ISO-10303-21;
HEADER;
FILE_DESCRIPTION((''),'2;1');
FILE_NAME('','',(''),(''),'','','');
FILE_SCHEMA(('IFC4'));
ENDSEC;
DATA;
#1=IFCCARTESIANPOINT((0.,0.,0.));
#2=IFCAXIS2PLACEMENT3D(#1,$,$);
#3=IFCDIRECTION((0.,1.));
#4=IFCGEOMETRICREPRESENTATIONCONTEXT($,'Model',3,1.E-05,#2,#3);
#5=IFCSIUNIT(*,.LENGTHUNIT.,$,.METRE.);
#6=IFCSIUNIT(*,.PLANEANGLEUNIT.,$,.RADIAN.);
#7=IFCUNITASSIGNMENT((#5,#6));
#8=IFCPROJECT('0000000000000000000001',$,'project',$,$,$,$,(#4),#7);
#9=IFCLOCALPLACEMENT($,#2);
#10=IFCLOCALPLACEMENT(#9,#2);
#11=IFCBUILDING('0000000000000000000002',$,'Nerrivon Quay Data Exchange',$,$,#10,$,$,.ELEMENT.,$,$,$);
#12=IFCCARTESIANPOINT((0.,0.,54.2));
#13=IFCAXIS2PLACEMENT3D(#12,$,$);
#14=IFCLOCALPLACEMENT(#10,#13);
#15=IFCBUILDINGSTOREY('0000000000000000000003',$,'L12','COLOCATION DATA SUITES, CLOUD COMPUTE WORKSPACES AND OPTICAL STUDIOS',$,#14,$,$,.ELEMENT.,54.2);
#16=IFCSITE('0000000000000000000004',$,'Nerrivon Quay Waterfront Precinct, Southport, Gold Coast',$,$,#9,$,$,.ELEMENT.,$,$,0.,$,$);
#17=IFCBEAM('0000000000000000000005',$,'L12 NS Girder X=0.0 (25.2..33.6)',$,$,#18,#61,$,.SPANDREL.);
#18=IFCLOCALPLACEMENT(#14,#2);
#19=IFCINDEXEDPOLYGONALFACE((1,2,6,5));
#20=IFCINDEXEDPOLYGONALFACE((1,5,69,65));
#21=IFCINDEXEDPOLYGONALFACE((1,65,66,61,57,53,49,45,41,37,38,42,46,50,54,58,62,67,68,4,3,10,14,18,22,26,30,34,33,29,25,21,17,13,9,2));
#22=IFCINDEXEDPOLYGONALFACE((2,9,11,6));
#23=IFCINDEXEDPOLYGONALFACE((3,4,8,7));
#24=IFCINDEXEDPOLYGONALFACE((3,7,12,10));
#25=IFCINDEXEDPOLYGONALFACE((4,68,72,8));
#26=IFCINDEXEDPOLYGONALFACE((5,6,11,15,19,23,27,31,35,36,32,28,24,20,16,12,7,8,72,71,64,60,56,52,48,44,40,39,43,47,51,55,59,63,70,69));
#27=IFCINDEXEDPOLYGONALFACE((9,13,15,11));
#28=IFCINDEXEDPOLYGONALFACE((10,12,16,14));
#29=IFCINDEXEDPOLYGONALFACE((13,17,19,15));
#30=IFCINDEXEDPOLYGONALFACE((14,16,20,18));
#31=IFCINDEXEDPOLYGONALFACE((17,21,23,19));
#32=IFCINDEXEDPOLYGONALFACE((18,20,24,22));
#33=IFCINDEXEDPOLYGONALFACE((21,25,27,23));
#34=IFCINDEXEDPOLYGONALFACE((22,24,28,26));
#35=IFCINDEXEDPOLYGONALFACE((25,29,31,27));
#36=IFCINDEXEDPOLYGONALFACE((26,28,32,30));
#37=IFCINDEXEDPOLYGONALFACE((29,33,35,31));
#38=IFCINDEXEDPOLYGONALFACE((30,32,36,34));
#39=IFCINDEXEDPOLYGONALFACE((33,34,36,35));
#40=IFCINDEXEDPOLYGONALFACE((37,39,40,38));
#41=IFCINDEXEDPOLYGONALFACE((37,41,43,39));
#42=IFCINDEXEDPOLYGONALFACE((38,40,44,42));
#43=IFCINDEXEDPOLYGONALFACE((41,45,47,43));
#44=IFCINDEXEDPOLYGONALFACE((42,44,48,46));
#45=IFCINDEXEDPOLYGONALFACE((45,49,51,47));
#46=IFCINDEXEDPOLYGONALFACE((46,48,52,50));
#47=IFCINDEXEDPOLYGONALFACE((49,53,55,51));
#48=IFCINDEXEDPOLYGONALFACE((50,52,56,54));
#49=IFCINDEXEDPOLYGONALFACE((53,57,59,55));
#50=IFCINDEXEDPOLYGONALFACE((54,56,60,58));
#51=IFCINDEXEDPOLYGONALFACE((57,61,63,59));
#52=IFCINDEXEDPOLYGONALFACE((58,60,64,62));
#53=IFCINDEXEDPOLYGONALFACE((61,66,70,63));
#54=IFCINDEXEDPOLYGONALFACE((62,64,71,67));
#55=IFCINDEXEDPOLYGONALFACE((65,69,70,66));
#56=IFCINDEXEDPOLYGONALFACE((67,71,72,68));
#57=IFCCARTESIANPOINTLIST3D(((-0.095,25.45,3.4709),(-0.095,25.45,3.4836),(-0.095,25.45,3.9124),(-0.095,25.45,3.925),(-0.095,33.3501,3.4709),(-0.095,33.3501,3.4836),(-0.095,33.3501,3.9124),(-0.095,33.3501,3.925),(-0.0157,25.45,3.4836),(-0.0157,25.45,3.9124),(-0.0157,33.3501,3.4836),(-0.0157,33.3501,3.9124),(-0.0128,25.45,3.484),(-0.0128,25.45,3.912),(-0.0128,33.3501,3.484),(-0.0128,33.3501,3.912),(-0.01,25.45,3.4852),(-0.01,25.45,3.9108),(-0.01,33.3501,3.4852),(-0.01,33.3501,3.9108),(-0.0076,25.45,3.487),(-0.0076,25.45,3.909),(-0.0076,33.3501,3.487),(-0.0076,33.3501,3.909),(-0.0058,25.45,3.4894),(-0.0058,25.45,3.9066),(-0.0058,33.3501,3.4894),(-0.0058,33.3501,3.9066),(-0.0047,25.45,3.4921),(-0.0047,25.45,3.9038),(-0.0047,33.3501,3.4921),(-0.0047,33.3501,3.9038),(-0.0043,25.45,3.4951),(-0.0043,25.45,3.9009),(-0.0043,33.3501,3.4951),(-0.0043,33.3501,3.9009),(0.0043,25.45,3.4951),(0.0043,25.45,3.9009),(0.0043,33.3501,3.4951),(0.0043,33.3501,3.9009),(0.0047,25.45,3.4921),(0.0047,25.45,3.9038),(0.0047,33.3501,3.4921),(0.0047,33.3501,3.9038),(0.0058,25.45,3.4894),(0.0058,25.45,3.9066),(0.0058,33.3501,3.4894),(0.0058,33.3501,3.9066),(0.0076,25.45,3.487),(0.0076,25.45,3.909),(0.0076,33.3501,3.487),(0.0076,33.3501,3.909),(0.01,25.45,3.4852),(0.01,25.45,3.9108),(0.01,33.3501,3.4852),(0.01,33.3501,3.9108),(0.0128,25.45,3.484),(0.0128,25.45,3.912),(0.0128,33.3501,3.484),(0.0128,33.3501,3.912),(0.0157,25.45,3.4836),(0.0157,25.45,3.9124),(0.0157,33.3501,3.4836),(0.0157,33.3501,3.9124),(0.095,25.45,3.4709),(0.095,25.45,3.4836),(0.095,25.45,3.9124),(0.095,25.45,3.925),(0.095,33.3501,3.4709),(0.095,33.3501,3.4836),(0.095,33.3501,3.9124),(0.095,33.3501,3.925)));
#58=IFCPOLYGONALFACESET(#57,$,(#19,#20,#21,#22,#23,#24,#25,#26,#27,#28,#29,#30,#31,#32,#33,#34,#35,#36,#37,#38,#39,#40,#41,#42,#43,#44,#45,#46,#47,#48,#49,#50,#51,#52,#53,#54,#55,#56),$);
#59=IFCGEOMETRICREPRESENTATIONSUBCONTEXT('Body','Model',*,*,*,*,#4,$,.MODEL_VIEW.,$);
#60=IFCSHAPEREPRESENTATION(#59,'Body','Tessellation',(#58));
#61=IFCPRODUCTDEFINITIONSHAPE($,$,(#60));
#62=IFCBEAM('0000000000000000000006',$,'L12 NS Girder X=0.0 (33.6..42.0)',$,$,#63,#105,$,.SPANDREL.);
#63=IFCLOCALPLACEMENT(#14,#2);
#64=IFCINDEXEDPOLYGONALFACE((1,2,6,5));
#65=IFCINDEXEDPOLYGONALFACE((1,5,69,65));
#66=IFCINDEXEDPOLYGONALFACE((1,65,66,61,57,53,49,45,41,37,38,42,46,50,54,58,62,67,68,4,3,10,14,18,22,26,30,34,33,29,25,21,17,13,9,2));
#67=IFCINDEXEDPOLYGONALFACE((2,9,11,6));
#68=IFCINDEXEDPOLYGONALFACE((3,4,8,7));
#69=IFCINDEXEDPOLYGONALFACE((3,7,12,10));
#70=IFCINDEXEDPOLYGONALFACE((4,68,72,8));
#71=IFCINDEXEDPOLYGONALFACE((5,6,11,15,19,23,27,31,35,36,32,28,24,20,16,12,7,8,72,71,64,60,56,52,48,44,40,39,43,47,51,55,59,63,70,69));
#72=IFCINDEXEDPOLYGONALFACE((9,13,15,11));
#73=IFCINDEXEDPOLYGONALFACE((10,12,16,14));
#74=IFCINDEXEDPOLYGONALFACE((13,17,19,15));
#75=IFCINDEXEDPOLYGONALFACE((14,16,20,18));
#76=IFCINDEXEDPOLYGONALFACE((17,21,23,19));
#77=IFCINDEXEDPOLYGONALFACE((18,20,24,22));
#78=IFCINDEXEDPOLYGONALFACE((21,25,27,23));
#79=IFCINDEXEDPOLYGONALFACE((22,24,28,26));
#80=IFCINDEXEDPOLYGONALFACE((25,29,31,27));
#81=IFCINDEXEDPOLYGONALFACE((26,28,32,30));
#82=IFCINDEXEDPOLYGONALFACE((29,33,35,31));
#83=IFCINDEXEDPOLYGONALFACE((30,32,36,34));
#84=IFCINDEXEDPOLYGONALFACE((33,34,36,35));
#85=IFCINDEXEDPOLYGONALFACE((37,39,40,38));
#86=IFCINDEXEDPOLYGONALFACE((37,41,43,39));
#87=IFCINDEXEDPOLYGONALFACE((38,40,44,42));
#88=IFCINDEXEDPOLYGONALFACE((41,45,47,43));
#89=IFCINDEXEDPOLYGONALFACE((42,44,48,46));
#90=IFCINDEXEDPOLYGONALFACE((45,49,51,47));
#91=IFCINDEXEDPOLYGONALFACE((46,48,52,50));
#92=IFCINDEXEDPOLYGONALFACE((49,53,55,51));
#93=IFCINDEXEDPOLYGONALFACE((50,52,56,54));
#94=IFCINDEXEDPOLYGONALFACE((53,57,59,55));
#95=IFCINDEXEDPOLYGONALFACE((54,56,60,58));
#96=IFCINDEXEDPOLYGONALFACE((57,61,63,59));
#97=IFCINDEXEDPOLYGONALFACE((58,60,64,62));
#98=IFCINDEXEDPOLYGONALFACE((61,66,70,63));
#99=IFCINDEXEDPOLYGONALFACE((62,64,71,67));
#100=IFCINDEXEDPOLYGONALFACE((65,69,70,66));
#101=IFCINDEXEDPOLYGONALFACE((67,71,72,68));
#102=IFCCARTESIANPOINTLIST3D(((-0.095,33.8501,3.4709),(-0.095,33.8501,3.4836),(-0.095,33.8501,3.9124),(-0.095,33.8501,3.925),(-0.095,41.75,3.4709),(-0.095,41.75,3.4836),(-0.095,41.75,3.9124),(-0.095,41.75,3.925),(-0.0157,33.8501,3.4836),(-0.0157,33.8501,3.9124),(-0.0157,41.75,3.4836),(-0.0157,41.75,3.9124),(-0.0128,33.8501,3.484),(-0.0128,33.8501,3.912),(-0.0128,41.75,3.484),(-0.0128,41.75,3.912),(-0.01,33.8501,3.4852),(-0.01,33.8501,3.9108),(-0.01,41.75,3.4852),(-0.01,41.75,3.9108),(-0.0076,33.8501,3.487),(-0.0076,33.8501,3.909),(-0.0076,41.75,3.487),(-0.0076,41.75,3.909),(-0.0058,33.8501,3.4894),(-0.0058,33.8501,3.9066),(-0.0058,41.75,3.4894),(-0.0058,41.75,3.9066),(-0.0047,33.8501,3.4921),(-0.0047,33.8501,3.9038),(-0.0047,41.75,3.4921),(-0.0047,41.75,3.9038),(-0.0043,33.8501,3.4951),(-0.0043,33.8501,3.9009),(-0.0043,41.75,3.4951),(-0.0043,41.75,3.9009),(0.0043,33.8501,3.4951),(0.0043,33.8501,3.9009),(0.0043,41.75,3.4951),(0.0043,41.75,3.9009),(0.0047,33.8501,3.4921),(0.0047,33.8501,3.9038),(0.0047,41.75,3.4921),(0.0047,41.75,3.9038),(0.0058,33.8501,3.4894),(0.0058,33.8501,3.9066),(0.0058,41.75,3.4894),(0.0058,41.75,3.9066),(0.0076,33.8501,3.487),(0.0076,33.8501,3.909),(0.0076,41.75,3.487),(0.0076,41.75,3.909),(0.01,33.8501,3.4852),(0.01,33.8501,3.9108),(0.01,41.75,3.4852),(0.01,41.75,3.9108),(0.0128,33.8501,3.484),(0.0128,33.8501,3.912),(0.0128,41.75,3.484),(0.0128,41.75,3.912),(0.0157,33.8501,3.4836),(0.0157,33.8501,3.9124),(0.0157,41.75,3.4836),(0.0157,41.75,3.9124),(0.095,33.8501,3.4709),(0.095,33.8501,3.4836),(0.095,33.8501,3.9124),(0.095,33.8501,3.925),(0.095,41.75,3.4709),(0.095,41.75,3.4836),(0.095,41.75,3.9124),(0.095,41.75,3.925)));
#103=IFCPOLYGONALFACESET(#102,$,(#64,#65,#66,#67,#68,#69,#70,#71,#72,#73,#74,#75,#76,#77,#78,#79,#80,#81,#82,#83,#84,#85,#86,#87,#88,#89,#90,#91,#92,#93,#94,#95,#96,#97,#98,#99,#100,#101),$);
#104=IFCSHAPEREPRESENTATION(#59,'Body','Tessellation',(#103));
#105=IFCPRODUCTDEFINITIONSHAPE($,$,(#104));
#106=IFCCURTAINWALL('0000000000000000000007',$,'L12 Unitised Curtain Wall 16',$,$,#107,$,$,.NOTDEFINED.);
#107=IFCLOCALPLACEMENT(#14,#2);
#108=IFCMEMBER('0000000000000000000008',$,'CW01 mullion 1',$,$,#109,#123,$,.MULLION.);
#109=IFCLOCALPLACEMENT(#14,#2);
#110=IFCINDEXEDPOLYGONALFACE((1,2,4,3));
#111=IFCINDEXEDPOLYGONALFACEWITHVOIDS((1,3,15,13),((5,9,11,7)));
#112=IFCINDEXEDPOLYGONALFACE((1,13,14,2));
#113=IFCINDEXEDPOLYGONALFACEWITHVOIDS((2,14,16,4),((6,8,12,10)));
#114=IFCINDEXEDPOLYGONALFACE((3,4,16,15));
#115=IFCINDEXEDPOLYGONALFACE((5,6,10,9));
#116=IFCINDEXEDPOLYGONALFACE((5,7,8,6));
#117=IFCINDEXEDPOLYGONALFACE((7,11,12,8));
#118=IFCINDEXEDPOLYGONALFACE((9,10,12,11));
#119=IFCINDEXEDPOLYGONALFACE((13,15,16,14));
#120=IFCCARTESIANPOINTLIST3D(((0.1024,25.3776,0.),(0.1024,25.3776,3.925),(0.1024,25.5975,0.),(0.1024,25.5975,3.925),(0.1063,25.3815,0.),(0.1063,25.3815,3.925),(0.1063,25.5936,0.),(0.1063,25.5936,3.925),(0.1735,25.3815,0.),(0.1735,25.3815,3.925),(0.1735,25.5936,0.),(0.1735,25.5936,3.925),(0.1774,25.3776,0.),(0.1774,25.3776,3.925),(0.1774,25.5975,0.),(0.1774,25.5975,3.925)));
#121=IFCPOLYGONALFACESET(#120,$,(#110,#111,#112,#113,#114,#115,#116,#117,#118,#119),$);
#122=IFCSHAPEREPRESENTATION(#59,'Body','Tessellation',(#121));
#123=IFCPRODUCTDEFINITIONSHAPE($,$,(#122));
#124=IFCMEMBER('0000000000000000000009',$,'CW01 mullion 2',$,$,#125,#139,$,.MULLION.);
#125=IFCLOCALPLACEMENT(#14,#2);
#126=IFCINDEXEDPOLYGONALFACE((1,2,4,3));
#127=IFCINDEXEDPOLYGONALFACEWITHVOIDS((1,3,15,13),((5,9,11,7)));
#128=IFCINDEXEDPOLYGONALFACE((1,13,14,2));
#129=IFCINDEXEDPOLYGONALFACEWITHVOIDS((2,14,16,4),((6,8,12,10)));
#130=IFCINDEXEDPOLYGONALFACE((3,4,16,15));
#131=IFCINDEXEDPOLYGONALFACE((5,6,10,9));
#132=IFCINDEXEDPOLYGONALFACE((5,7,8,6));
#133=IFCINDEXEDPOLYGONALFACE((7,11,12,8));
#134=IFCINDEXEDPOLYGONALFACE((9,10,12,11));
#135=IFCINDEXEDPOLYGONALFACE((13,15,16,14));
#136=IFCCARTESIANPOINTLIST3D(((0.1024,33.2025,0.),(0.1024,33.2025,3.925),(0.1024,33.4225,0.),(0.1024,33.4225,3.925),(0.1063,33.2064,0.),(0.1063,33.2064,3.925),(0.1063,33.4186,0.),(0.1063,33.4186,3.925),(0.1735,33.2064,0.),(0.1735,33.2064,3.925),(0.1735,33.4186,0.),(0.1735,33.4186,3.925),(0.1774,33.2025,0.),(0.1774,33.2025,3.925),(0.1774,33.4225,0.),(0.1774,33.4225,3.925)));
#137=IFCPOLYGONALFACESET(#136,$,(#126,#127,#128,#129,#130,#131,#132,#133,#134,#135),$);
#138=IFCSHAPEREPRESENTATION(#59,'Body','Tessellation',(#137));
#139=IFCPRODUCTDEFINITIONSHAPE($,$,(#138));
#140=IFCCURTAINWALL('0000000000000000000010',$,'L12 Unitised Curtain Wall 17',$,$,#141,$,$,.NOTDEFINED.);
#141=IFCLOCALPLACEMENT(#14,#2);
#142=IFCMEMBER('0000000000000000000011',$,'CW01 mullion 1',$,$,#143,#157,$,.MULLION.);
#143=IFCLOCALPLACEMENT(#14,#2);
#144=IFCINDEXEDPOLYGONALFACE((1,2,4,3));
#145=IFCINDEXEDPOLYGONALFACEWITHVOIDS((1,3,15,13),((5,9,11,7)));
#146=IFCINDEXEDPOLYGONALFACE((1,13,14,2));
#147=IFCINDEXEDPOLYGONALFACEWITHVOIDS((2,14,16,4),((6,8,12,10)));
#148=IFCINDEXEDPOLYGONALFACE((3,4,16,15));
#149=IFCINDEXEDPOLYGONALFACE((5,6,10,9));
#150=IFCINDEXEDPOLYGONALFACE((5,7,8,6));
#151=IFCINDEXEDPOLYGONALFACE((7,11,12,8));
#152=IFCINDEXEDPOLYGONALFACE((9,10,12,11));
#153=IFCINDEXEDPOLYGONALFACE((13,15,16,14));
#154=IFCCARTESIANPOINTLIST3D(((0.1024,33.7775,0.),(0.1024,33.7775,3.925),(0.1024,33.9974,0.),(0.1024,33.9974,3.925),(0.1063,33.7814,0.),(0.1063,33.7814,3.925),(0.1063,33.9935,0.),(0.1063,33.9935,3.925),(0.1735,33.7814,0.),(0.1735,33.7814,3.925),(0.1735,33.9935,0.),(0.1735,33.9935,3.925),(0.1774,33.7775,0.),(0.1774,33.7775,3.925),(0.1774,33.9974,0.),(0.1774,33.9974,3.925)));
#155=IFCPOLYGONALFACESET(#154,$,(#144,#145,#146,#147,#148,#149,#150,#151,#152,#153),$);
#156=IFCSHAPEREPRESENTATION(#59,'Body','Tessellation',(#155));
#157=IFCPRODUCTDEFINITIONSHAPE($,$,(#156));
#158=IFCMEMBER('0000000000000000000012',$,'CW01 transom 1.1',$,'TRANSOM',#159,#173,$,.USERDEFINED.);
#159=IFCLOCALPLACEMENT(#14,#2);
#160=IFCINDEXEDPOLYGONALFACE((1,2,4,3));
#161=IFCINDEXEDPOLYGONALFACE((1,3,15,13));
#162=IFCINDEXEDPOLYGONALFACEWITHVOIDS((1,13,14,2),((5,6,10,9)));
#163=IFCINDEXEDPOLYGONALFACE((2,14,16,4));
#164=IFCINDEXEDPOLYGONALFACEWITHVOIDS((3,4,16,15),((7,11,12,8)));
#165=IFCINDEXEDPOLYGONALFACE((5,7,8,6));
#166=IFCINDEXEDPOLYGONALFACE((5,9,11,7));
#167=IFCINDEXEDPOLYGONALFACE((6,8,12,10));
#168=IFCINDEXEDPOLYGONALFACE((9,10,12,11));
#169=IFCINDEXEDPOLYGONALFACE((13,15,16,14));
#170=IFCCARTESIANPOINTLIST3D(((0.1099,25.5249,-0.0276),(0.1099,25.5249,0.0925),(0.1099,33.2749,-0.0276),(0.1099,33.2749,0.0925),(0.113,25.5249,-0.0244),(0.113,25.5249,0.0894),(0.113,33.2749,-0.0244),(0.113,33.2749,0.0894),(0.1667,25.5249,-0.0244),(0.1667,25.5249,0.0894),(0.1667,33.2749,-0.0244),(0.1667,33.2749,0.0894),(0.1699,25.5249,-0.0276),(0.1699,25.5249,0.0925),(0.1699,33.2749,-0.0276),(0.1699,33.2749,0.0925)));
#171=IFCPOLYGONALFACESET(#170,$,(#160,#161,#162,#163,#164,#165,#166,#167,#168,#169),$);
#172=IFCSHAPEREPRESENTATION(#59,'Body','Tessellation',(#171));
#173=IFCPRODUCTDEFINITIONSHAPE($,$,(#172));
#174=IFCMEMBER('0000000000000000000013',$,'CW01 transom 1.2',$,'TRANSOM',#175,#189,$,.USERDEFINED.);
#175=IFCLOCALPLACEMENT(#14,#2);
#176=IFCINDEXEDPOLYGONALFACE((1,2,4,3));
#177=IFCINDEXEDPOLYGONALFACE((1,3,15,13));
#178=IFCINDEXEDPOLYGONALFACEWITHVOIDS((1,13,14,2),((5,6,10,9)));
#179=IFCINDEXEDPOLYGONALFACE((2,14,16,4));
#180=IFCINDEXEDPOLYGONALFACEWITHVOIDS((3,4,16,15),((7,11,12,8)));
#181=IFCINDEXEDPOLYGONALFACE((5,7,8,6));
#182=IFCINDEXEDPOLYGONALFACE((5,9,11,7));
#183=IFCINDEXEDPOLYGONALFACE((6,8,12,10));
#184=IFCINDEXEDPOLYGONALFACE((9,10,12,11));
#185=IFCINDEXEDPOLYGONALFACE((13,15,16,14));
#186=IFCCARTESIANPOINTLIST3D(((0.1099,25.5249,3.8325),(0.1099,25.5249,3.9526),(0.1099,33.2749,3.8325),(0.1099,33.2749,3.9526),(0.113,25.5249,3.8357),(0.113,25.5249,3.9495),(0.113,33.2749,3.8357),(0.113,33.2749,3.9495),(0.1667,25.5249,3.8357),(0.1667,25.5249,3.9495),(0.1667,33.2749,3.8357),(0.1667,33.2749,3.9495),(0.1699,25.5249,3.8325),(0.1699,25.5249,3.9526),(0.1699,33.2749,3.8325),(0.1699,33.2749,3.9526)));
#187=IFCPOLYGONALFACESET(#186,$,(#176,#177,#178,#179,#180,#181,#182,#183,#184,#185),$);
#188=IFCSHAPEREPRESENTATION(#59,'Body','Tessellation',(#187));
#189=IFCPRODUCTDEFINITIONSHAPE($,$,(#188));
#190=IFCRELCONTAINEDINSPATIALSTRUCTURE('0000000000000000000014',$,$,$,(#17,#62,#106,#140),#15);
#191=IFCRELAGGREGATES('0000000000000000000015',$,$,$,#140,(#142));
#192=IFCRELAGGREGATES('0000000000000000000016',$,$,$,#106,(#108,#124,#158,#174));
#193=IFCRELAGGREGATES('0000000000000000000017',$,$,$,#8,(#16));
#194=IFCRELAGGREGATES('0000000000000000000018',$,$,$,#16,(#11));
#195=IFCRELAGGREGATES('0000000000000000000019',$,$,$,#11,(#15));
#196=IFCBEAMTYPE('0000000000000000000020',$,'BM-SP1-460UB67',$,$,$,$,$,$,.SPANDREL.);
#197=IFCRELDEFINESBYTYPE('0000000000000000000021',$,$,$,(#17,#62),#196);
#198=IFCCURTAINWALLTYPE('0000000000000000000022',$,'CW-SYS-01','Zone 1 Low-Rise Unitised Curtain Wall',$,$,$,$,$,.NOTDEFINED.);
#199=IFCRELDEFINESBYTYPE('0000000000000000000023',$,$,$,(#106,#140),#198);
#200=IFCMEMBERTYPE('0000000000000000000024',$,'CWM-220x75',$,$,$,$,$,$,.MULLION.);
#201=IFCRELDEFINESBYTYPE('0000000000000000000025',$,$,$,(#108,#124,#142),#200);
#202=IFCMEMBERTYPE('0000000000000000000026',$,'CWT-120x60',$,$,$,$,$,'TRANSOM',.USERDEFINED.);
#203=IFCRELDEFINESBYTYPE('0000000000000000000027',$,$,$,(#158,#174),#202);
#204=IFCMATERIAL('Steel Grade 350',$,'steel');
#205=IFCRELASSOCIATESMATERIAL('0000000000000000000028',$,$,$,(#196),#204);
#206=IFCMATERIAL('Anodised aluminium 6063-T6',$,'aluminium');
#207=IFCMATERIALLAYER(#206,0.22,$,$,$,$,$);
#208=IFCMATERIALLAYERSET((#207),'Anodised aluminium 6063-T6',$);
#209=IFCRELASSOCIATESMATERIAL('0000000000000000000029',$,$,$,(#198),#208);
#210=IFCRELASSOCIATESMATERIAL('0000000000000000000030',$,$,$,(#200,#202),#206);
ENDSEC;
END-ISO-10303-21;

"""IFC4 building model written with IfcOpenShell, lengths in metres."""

from ifc_helpers import new_model, si_unit, direction, frame, origin, origin_2d, place, context, subcontext, project, spatial, hollow_rectangle, i_section, extrude, material, layer, layer_set, material_profile, profile_set, type_object, element, aggregate, save


model = new_model("IFC4")

# Units and contexts
model_context = context("Model", 3, precision=1e-05, world=origin(), true_north=direction((0.0, 1.0)))
body_context = subcontext(model_context, "Body", "Model", "MODEL_VIEW")
ifc_project = project(units=[si_unit("LENGTHUNIT", "METRE"), si_unit("PLANEANGLEUNIT", "RADIAN")], contexts=[model_context])

# Site, building, storey
site_placement = place(None, origin())
site = spatial("IfcSite", under=ifc_project, at=site_placement, Name="Nerrivon Quay Waterfront Precinct, Southport, Gold Coast", CompositionType="ELEMENT", RefElevation=0.0)
building_placement = place(site_placement, origin())
building = spatial("IfcBuilding", under=site, at=building_placement, Name="Nerrivon Quay Data Exchange", CompositionType="ELEMENT")
storey_placement = place(building_placement, frame((0.0, 0.0, 54.2)))
storey = spatial("IfcBuildingStorey", under=building, at=storey_placement, Name="L12", Description="COLOCATION DATA SUITES, CLOUD COMPUTE WORKSPACES AND OPTICAL STUDIOS", CompositionType="ELEMENT", Elevation=54.2)

# Shared definitions
ifc_material_1 = material(Name="Steel Grade 350", Category="steel")

# Beams
ifc_material_profile_1 = material_profile(ifc_material_1, i_section(OverallWidth=0.1899, OverallDepth=0.4541, WebThickness=0.0085, FlangeThickness=0.0127, FilletRadius=0.0115, at=origin_2d()), Name="460UB67.1")
ifc_profile_set_1 = profile_set([ifc_material_profile_1], Name="Steel Grade 350")
beam_type_1 = type_object("IfcBeamType", Name="BM-SP1-460UB67", PredefinedType="SPANDREL", material=ifc_profile_set_1)
beam_1_placement = place(storey_placement, frame((0.0, 25.45, 3.698), z_axis=(0.0, 1.0, 0.0), x_axis=(-1.0, 0.0, 0.0)))
element("IfcBeam", 1, at=beam_1_placement, inside=storey, type_object=beam_type_1, Name="L12 NS Girder X=0.0 (25.2..33.6)", PredefinedType="SPANDREL", context=body_context, shape_type="SweptSolid", body=[
    extrude(i_section(OverallWidth=0.1899, OverallDepth=0.4541, WebThickness=0.0085, FlangeThickness=0.0127, FilletRadius=0.0115, at=origin_2d()), origin(), (0.0, 0.0, 1.0), 7.9001),
])
beam_2_placement = place(storey_placement, frame((0.0, 33.8501, 3.698), z_axis=(0.0, 1.0, 0.0), x_axis=(-1.0, 0.0, 0.0)))
element("IfcBeam", 2, at=beam_2_placement, inside=storey, type_object=beam_type_1, Name="L12 NS Girder X=0.0 (33.6..42.0)", PredefinedType="SPANDREL", context=body_context, shape_type="SweptSolid", body=[
    extrude(i_section(OverallWidth=0.1899, OverallDepth=0.4541, WebThickness=0.0085, FlangeThickness=0.0127, FilletRadius=0.0115, at=origin_2d()), origin(), (0.0, 0.0, 1.0), 7.8999),
])

# Curtain wall, members
ifc_material_2 = material(Name="Anodised aluminium 6063-T6", Category="aluminium")
ifc_layer_1 = layer(ifc_material_2, 0.22)
ifc_layer_set_1 = layer_set([ifc_layer_1], Name="Anodised aluminium 6063-T6")
curtain_wall_type = type_object("IfcCurtainWallType", Name="CW-SYS-01", Description="Zone 1 Low-Rise Unitised Curtain Wall", PredefinedType="NOTDEFINED", material=ifc_layer_set_1)
curtain_wall_1_placement = place(storey_placement, origin())
curtain_wall_1 = element("IfcCurtainWall", 3, at=curtain_wall_1_placement, inside=storey, type_object=curtain_wall_type, Name="L12 Unitised Curtain Wall 16", PredefinedType="NOTDEFINED")
ifc_material_profile_2 = material_profile(ifc_material_2, hollow_rectangle(XDim=0.075, YDim=0.22, WallThickness=0.0039, at=origin_2d()), Name="ALU-MULL-220x75")
ifc_profile_set_2 = profile_set([ifc_material_profile_2], Name="Anodised aluminium 6063-T6")
member_type_1 = type_object("IfcMemberType", Name="CWM-220x75", PredefinedType="MULLION", material=ifc_profile_set_2)
member_1_placement = place(storey_placement, frame((0.1399, 25.4875, 0.0), z_axis=(0.0, 0.0, 1.0), x_axis=(-1.0, 0.0, 0.0)))
member_1 = element("IfcMember", 4, at=member_1_placement, type_object=member_type_1, Name="CW01 mullion 1", PredefinedType="MULLION", context=body_context, shape_type="SweptSolid", body=[
    extrude(hollow_rectangle(XDim=0.075, YDim=0.22, WallThickness=0.0039, at=origin_2d()), origin(), (0.0, 0.0, 1.0), 3.925),
])
member_2_placement = place(storey_placement, frame((0.1399, 33.3125, 0.0), z_axis=(0.0, 0.0, 1.0), x_axis=(-1.0, 0.0, 0.0)))
member_2 = element("IfcMember", 5, at=member_2_placement, type_object=member_type_1, Name="CW01 mullion 2", PredefinedType="MULLION", context=body_context, shape_type="SweptSolid", body=[
    extrude(hollow_rectangle(XDim=0.075, YDim=0.22, WallThickness=0.0039, at=origin_2d()), origin(), (0.0, 0.0, 1.0), 3.925),
])

# Curtain wall, member
curtain_wall_2_placement = place(storey_placement, origin())
curtain_wall_2 = element("IfcCurtainWall", 6, at=curtain_wall_2_placement, inside=storey, type_object=curtain_wall_type, Name="L12 Unitised Curtain Wall 17", PredefinedType="NOTDEFINED")
member_3_placement = place(storey_placement, frame((0.1399, 33.8875, 0.0), z_axis=(0.0, 0.0, 1.0), x_axis=(-1.0, 0.0, 0.0)))
member_3 = element("IfcMember", 7, at=member_3_placement, type_object=member_type_1, Name="CW01 mullion 1", PredefinedType="MULLION", context=body_context, shape_type="SweptSolid", body=[
    extrude(hollow_rectangle(XDim=0.075, YDim=0.22, WallThickness=0.0039, at=origin_2d()), origin(), (0.0, 0.0, 1.0), 3.925),
])

# Members
ifc_material_profile_3 = material_profile(ifc_material_2, hollow_rectangle(XDim=0.0601, YDim=0.1201, WallThickness=0.0032, at=origin_2d()), Name="ALU-TRAN-120x60")
ifc_profile_set_3 = profile_set([ifc_material_profile_3], Name="Anodised aluminium 6063-T6")
member_type_2 = type_object("IfcMemberType", Name="CWT-120x60", ElementType="TRANSOM", PredefinedType="USERDEFINED", material=ifc_profile_set_3)
member_4_placement = place(storey_placement, frame((0.1399, 25.5249, 0.0325), z_axis=(0.0, 1.0, 0.0), x_axis=(-1.0, 0.0, 0.0)))
member_4 = element("IfcMember", 8, at=member_4_placement, type_object=member_type_2, Name="CW01 transom 1.1", ObjectType="TRANSOM", PredefinedType="USERDEFINED", context=body_context, shape_type="SweptSolid", body=[
    extrude(hollow_rectangle(XDim=0.0601, YDim=0.1201, WallThickness=0.0032, at=origin_2d()), origin(), (0.0, 0.0, 1.0), 7.75),
])
member_5_placement = place(storey_placement, frame((0.1399, 25.5249, 3.8926), z_axis=(0.0, 1.0, 0.0), x_axis=(-1.0, 0.0, 0.0)))
member_5 = element("IfcMember", 9, at=member_5_placement, type_object=member_type_2, Name="CW01 transom 1.2", ObjectType="TRANSOM", PredefinedType="USERDEFINED", context=body_context, shape_type="SweptSolid", body=[
    extrude(hollow_rectangle(XDim=0.0601, YDim=0.1201, WallThickness=0.0032, at=origin_2d()), origin(), (0.0, 0.0, 1.0), 7.75),
])
aggregate(curtain_wall_2, [member_3])

aggregate(curtain_wall_1, [member_1, member_2, member_4, member_5])

save(model, "model.ifc")
